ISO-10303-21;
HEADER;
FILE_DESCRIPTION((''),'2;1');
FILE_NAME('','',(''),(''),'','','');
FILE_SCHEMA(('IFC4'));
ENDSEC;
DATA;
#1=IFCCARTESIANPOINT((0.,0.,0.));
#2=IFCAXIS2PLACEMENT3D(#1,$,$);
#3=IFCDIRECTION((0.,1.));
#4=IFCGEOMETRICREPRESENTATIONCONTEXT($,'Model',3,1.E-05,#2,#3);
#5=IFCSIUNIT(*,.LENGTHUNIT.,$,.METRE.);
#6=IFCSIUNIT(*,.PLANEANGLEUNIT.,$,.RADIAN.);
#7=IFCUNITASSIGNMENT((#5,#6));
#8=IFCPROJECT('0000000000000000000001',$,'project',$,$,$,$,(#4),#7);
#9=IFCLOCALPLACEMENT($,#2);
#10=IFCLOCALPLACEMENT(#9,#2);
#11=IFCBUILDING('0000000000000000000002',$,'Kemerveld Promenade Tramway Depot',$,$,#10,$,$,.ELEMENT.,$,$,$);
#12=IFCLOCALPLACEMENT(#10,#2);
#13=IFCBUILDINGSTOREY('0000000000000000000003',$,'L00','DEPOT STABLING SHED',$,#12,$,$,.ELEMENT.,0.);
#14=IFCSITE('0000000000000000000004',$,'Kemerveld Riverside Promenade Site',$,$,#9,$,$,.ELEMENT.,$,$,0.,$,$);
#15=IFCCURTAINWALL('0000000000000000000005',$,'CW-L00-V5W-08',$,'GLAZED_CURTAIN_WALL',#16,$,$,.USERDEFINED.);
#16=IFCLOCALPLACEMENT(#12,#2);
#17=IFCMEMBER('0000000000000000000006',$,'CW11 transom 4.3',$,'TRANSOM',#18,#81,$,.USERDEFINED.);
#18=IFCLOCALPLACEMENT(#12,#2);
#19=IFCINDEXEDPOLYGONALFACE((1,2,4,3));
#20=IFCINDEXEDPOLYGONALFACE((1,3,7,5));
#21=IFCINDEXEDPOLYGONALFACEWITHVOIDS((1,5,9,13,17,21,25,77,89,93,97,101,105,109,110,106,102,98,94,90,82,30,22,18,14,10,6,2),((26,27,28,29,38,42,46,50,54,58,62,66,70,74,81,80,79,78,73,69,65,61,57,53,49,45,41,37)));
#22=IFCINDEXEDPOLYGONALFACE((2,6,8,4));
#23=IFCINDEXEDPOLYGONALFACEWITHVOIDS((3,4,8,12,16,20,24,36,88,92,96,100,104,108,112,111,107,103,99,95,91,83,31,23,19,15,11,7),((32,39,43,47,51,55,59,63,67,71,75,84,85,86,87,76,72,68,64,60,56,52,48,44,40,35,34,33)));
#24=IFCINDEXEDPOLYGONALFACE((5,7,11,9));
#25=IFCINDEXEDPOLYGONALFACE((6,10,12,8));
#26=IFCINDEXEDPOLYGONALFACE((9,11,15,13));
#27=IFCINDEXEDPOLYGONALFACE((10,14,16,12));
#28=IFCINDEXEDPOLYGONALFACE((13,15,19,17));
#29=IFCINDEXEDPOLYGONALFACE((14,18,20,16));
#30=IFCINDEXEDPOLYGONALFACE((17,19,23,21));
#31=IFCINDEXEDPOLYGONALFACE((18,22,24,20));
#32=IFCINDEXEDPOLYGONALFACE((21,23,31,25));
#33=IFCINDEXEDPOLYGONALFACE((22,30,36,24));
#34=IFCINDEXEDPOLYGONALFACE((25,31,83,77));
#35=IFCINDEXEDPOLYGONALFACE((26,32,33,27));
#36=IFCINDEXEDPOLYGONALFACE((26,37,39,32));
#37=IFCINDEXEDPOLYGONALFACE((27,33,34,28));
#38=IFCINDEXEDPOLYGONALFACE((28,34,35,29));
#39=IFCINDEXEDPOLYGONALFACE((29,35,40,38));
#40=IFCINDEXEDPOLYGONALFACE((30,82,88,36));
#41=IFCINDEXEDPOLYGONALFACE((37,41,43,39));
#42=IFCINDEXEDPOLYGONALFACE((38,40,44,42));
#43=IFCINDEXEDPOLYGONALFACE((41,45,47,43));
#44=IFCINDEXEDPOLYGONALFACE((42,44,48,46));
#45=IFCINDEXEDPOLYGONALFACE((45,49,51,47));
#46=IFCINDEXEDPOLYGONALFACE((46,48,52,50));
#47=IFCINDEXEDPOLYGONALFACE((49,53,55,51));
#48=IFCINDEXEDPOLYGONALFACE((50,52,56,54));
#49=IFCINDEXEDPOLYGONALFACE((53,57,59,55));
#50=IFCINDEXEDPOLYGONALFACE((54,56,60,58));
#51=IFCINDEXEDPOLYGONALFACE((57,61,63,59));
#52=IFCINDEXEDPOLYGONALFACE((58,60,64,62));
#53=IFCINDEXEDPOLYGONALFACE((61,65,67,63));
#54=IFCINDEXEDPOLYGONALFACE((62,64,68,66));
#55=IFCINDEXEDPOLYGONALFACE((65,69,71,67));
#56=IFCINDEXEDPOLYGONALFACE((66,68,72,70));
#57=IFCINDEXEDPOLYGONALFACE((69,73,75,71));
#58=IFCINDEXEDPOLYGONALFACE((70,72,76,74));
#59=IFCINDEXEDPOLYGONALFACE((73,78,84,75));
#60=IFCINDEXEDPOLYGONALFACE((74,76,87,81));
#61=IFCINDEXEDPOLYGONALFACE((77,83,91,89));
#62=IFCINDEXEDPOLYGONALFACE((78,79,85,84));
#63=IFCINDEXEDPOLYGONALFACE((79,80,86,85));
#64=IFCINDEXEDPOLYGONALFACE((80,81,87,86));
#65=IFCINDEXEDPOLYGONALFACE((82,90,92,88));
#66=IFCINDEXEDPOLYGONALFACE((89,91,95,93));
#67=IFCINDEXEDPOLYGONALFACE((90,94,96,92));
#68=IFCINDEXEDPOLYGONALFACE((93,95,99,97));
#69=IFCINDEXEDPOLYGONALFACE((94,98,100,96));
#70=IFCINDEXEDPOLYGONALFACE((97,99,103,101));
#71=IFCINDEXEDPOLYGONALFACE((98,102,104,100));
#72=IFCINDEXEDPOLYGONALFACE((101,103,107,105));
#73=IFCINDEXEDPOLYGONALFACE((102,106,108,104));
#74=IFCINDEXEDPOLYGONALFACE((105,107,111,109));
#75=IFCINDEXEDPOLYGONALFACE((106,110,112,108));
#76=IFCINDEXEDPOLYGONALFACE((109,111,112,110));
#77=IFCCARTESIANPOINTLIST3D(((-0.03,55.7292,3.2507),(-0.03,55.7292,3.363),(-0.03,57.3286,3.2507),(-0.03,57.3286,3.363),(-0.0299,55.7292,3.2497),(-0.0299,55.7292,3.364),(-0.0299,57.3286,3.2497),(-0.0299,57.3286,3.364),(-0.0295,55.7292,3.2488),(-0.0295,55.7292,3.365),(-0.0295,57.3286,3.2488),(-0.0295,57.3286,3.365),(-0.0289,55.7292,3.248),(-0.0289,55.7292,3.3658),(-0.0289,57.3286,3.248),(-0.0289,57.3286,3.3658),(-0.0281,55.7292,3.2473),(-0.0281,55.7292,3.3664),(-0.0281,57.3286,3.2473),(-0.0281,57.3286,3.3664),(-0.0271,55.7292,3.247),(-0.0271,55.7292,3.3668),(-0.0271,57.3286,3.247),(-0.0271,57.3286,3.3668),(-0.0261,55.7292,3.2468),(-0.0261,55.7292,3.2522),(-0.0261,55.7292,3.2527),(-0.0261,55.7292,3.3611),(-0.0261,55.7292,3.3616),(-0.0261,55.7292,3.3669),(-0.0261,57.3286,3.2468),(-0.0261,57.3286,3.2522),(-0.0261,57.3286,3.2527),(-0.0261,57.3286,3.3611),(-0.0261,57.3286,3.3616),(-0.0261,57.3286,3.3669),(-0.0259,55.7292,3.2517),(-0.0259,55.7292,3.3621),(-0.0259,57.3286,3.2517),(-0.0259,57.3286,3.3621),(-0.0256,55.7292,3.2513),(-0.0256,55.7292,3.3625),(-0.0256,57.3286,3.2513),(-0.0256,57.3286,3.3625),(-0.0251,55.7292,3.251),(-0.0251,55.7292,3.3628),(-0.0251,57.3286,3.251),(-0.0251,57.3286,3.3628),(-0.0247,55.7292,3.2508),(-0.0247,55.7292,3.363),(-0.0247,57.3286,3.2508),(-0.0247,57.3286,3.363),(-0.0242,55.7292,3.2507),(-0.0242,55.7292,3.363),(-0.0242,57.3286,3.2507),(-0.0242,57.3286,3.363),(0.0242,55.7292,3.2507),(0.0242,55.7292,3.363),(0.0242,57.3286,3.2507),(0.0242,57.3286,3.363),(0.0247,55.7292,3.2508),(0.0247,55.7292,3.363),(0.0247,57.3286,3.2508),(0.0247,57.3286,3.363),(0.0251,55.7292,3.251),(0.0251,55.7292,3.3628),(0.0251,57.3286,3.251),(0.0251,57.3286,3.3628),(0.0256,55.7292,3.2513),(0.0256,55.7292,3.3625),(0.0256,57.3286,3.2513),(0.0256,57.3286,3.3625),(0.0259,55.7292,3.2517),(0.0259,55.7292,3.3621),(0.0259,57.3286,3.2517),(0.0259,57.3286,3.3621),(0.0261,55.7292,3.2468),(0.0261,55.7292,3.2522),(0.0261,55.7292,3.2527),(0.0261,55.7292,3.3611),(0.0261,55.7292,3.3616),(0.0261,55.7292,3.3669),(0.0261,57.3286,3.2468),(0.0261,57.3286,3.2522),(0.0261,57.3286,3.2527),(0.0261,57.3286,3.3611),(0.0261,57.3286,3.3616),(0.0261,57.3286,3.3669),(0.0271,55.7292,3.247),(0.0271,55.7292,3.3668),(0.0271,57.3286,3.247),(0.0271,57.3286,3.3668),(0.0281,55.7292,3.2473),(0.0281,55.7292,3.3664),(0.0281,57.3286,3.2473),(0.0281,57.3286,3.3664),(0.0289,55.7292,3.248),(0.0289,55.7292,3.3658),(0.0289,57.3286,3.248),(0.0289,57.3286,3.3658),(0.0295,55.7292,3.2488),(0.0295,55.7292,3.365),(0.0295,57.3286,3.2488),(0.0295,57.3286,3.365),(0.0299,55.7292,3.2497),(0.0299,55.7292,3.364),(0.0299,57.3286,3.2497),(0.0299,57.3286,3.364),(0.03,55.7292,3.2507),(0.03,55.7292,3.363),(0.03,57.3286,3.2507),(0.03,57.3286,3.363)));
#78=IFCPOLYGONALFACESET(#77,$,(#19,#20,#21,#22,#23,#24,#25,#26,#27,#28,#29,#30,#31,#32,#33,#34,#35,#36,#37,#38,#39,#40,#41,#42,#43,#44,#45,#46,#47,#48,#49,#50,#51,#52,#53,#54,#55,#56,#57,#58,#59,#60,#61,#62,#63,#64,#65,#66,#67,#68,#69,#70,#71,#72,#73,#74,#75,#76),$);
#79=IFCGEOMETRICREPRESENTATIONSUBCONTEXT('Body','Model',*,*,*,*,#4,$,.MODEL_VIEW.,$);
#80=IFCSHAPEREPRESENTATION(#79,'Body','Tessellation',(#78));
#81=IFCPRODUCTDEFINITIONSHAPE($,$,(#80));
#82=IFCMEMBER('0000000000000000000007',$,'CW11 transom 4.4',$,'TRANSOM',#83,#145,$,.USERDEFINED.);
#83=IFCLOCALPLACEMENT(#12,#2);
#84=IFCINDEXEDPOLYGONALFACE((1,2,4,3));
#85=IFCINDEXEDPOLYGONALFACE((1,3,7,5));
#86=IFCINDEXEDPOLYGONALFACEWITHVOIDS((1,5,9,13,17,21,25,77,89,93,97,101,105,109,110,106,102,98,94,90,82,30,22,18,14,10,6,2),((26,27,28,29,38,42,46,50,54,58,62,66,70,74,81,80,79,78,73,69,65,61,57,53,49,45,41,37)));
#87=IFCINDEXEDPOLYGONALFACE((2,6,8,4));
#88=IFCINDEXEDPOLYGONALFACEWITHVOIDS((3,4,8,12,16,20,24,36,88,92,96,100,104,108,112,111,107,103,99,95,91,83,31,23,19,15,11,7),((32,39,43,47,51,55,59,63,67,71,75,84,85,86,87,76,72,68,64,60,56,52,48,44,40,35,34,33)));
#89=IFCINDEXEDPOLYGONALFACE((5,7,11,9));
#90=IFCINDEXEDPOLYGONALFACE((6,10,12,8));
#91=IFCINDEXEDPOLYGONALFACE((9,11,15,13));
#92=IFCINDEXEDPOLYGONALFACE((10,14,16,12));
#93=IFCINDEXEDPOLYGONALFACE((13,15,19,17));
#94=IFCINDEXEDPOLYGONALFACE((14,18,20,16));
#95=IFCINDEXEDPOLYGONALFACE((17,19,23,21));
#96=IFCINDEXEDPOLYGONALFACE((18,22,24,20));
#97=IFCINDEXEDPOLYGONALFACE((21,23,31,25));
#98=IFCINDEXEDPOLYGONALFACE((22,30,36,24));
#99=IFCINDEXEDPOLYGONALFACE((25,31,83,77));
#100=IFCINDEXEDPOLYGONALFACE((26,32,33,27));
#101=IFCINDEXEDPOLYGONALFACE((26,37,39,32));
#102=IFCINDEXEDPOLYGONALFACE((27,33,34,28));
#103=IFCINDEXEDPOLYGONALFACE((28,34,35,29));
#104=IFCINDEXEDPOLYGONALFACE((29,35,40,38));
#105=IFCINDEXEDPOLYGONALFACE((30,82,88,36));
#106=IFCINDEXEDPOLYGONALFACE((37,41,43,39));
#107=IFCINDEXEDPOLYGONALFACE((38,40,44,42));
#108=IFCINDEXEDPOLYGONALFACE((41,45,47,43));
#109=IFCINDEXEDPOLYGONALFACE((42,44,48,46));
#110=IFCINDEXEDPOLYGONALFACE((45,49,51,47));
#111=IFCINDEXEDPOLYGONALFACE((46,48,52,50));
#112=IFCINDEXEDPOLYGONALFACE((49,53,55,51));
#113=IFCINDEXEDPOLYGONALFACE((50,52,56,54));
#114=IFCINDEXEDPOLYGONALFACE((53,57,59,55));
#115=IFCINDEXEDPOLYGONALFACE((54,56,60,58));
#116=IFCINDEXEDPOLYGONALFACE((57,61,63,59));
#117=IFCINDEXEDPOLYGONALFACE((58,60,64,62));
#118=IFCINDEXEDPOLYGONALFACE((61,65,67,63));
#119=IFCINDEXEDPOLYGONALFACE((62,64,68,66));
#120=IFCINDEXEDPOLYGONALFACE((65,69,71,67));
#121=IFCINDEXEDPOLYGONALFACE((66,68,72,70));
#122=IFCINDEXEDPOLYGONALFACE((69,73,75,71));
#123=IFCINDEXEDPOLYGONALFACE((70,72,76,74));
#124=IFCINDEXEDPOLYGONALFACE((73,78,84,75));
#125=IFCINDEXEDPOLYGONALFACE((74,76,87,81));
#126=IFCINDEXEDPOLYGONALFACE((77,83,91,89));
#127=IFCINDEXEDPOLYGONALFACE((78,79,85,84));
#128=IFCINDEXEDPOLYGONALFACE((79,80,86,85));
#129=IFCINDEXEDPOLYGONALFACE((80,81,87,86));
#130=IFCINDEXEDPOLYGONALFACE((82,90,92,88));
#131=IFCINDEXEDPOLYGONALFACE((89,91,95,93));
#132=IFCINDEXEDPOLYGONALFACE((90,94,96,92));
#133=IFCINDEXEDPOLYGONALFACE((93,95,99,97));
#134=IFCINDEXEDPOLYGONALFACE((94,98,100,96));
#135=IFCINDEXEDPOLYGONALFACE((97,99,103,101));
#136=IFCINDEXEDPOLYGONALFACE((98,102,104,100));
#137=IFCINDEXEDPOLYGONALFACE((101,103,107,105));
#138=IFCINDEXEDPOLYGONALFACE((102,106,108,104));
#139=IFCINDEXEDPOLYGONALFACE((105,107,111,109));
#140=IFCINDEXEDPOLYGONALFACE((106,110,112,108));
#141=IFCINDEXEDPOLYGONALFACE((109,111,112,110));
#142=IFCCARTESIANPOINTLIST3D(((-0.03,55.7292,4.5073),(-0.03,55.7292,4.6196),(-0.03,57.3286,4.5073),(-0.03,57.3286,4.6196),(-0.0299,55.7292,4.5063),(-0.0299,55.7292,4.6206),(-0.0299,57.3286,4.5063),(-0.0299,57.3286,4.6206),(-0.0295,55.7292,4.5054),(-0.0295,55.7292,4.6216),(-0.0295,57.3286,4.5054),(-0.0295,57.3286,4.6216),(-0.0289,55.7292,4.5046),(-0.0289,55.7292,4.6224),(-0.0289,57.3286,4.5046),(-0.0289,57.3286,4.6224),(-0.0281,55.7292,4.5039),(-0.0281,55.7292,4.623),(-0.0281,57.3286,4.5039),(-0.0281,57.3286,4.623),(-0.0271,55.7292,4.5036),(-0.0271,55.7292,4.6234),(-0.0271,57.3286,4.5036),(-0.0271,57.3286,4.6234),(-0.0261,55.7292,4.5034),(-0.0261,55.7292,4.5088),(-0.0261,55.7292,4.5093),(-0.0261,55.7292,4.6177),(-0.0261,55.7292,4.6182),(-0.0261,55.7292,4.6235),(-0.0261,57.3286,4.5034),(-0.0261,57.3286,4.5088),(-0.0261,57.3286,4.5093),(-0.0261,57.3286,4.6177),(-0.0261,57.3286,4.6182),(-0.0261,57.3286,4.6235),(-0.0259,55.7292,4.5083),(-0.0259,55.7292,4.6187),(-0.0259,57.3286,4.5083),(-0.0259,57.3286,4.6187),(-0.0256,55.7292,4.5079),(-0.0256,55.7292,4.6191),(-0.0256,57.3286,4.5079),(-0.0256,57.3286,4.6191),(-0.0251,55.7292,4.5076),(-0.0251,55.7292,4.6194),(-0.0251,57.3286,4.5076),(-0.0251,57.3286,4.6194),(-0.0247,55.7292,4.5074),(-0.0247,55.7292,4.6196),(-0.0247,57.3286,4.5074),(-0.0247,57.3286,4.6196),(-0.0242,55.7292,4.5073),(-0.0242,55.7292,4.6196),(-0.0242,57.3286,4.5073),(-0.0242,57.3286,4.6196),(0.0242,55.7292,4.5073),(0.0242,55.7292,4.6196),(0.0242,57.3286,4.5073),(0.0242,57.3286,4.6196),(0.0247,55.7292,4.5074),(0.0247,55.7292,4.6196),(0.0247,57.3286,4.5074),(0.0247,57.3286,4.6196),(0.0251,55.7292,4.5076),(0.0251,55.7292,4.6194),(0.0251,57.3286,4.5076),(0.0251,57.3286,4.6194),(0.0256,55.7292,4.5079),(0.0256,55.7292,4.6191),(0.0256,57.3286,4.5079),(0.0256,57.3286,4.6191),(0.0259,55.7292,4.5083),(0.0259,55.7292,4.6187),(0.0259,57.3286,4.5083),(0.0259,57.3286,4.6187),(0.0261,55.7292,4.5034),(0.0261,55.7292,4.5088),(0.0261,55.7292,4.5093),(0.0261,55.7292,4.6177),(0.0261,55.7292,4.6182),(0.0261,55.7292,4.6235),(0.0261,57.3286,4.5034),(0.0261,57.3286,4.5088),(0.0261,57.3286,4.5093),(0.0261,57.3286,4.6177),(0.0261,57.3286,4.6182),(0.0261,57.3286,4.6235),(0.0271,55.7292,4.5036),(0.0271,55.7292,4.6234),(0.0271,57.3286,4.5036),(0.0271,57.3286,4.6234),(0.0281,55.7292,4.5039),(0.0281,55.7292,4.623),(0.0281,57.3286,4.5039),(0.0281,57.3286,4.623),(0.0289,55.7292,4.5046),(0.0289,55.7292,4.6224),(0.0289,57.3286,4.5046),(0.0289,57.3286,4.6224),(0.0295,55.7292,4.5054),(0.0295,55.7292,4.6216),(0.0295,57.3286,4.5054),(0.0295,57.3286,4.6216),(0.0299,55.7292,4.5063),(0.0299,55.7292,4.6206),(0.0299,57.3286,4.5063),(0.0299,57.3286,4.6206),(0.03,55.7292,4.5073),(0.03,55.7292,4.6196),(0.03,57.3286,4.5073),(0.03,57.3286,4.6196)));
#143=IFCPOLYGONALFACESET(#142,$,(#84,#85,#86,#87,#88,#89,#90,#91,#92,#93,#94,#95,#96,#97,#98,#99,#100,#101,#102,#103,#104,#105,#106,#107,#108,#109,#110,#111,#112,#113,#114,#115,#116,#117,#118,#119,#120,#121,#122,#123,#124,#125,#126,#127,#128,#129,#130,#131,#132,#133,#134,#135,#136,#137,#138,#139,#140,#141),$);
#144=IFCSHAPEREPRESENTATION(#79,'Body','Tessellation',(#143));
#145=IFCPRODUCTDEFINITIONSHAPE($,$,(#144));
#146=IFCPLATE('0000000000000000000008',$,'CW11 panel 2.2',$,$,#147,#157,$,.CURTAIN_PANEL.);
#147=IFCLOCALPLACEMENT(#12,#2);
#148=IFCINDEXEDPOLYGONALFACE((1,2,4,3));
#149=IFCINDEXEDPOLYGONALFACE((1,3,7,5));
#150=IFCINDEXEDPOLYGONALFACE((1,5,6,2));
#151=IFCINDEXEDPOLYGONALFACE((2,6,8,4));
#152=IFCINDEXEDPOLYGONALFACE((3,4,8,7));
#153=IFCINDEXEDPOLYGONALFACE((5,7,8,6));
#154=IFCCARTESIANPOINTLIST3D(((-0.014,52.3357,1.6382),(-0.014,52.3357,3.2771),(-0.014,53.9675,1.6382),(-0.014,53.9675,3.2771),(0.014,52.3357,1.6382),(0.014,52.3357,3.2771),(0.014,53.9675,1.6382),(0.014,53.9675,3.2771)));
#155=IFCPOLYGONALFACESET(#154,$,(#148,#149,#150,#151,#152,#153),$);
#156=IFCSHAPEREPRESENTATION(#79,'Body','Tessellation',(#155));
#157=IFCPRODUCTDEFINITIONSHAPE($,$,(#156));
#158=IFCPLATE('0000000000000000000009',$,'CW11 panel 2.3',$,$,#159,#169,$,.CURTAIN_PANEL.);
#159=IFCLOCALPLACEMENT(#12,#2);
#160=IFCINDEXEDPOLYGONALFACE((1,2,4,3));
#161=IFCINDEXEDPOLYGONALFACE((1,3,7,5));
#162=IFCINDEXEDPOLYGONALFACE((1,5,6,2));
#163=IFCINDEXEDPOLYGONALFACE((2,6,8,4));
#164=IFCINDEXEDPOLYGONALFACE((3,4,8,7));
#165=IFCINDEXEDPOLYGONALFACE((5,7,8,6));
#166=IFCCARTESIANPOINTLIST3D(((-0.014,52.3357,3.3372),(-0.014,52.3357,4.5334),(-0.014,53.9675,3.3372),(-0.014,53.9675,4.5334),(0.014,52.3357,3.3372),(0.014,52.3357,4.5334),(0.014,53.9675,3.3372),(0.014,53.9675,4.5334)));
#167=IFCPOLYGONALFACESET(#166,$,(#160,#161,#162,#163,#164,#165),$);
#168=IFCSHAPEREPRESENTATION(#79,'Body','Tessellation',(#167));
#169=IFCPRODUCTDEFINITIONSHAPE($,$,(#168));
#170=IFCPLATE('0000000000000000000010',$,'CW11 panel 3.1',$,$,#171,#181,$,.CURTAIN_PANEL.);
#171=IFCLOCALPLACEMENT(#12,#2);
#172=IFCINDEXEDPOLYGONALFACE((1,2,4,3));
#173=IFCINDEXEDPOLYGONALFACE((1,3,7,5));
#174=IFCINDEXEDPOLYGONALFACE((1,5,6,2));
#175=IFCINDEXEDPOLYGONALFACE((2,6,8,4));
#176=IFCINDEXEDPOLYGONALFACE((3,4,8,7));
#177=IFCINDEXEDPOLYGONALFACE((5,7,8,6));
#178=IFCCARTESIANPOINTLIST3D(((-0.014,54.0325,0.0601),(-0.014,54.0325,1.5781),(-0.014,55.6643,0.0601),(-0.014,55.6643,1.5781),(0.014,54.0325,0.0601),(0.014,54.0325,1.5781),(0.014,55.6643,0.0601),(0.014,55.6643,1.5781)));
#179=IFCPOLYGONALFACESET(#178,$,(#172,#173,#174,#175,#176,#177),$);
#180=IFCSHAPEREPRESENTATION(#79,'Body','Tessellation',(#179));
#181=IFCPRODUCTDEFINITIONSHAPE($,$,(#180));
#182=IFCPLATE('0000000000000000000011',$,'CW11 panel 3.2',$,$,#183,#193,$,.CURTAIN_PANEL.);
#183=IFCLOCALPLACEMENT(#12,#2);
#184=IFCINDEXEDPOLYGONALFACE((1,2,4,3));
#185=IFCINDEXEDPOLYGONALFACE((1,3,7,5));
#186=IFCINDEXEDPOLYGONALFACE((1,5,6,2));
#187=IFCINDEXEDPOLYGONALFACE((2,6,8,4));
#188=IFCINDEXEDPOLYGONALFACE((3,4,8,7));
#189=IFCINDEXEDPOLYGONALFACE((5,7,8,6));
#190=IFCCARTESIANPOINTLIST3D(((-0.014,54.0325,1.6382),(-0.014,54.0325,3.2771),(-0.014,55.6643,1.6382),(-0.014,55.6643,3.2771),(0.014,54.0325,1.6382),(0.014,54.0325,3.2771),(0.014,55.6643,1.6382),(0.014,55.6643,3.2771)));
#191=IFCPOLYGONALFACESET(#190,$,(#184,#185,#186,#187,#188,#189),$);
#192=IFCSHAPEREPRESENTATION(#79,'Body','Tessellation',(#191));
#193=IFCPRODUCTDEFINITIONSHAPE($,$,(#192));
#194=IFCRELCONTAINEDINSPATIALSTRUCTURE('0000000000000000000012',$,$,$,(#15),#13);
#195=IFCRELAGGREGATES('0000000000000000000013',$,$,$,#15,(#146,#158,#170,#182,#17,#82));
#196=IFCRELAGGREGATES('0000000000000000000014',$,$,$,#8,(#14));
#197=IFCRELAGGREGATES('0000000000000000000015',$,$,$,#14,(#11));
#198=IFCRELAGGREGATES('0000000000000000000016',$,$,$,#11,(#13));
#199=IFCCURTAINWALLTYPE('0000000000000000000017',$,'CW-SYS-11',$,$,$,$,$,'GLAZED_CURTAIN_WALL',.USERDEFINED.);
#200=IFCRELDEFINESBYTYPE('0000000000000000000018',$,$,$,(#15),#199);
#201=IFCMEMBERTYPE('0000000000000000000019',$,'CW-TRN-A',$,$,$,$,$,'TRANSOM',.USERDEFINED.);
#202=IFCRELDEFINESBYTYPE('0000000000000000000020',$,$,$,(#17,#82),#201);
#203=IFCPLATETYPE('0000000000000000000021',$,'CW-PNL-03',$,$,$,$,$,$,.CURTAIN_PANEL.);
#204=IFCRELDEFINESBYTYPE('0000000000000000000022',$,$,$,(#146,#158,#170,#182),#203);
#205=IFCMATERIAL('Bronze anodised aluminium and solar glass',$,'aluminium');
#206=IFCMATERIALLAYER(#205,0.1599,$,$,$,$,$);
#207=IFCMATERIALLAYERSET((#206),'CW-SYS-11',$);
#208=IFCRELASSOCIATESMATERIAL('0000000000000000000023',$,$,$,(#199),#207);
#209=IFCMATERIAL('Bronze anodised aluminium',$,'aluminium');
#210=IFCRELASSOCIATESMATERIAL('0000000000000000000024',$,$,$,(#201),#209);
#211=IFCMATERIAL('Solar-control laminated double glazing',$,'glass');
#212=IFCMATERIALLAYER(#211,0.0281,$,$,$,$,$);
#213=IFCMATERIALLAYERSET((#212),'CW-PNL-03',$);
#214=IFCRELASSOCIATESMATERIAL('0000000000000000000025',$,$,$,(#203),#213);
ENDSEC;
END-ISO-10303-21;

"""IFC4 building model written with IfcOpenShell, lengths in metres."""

from ifc_helpers import new_model, si_unit, direction, frame, origin, origin_2d, place, context, subcontext, project, spatial, rectangle, hollow_rectangle, extrude, material, layer, layer_set, material_profile, profile_set, type_object, element, aggregate, save


model = new_model("IFC4")

# Units and contexts
model_context = context("Model", 3, precision=1e-05, world=origin(), true_north=direction((0.0, 1.0)))
body_context = subcontext(model_context, "Body", "Model", "MODEL_VIEW")
ifc_project = project(units=[si_unit("LENGTHUNIT", "METRE"), si_unit("PLANEANGLEUNIT", "RADIAN")], contexts=[model_context])

# Site, building, storey
site_placement = place(None, origin())
site = spatial("IfcSite", under=ifc_project, at=site_placement, Name="Kemerveld Riverside Promenade Site", CompositionType="ELEMENT", RefElevation=0.0)
building_placement = place(site_placement, origin())
building = spatial("IfcBuilding", under=site, at=building_placement, Name="Kemerveld Promenade Tramway Depot", CompositionType="ELEMENT")
storey_placement = place(building_placement, origin())
storey = spatial("IfcBuildingStorey", under=building, at=storey_placement, Name="L00", Description="DEPOT STABLING SHED", CompositionType="ELEMENT", Elevation=0.0)

# Curtain wall, members, plates
ifc_material_1 = material(Name="Bronze anodised aluminium and solar glass", Category="aluminium")
ifc_layer_1 = layer(ifc_material_1, 0.1599)
ifc_layer_set_1 = layer_set([ifc_layer_1], Name="CW-SYS-11")
curtain_wall_type = type_object("IfcCurtainWallType", Name="CW-SYS-11", ElementType="GLAZED_CURTAIN_WALL", PredefinedType="USERDEFINED", material=ifc_layer_set_1)
curtain_wall_placement = place(storey_placement, origin())
curtain_wall = element("IfcCurtainWall", 1, at=curtain_wall_placement, inside=storey, type_object=curtain_wall_type, Name="CW-L00-V5W-08", ObjectType="GLAZED_CURTAIN_WALL", PredefinedType="USERDEFINED")
ifc_material_2 = material(Name="Bronze anodised aluminium", Category="aluminium")
ifc_material_profile_1 = material_profile(ifc_material_2, hollow_rectangle(XDim=0.0601, YDim=0.1201, WallThickness=0.0039, InnerFilletRadius=0.002, OuterFilletRadius=0.0039, at=origin_2d()), Name="CW-TRN-120x60")
ifc_profile_set_1 = profile_set([ifc_material_profile_1], Name="Bronze anodised aluminium")
member_type_1 = type_object("IfcMemberType", Name="CW-TRN-A", ElementType="TRANSOM", PredefinedType="USERDEFINED", material=ifc_profile_set_1)
member_1_placement = place(storey_placement, frame((0.0, 55.7292, 3.3069), z_axis=(0.0, 1.0, 0.0), x_axis=(-1.0, 0.0, 0.0)))
member_1 = element("IfcMember", 2, at=member_1_placement, type_object=member_type_1, Name="CW11 transom 4.3", ObjectType="TRANSOM", PredefinedType="USERDEFINED", context=body_context, shape_type="SweptSolid", body=[
    extrude(hollow_rectangle(XDim=0.0601, YDim=0.1201, WallThickness=0.0039, InnerFilletRadius=0.002, OuterFilletRadius=0.0039, at=origin_2d()), origin(), (0.0, 0.0, 1.0), 1.5994),
])
member_2_placement = place(storey_placement, frame((0.0, 55.7292, 4.5635), z_axis=(0.0, 1.0, 0.0), x_axis=(-1.0, 0.0, 0.0)))
member_2 = element("IfcMember", 3, at=member_2_placement, type_object=member_type_1, Name="CW11 transom 4.4", ObjectType="TRANSOM", PredefinedType="USERDEFINED", context=body_context, shape_type="SweptSolid", body=[
    extrude(hollow_rectangle(XDim=0.0601, YDim=0.1201, WallThickness=0.0039, InnerFilletRadius=0.002, OuterFilletRadius=0.0039, at=origin_2d()), origin(), (0.0, 0.0, 1.0), 1.5994),
])
ifc_material_3 = material(Name="Solar-control laminated double glazing", Category="glass")
ifc_layer_2 = layer(ifc_material_3, 0.0281)
ifc_layer_set_2 = layer_set([ifc_layer_2], Name="CW-PNL-03")
plate_type_1 = type_object("IfcPlateType", Name="CW-PNL-03", PredefinedType="CURTAIN_PANEL", material=ifc_layer_set_2)
plate_1_placement = place(storey_placement, frame((0.0, 53.1516, 1.6382), z_axis=(0.0, 0.0, 1.0), x_axis=(0.0, 1.0, 0.0)))
plate_1 = element("IfcPlate", 4, at=plate_1_placement, type_object=plate_type_1, Name="CW11 panel 2.2", PredefinedType="CURTAIN_PANEL", context=body_context, shape_type="SweptSolid", body=[
    extrude(rectangle(XDim=1.6318, YDim=0.0281, at=origin_2d()), origin(), (0.0, 0.0, 1.0), 1.6389),
])
plate_2_placement = place(storey_placement, frame((0.0, 53.1516, 3.3372), z_axis=(0.0, 0.0, 1.0), x_axis=(0.0, 1.0, 0.0)))
plate_2 = element("IfcPlate", 5, at=plate_2_placement, type_object=plate_type_1, Name="CW11 panel 2.3", PredefinedType="CURTAIN_PANEL", context=body_context, shape_type="SweptSolid", body=[
    extrude(rectangle(XDim=1.6318, YDim=0.0281, at=origin_2d()), origin(), (0.0, 0.0, 1.0), 1.1963),
])
plate_3_placement = place(storey_placement, frame((0.0, 54.8484, 0.0601), z_axis=(0.0, 0.0, 1.0), x_axis=(0.0, 1.0, 0.0)))
plate_3 = element("IfcPlate", 6, at=plate_3_placement, type_object=plate_type_1, Name="CW11 panel 3.1", PredefinedType="CURTAIN_PANEL", context=body_context, shape_type="SweptSolid", body=[
    extrude(rectangle(XDim=1.6318, YDim=0.0281, at=origin_2d()), origin(), (0.0, 0.0, 1.0), 1.5181),
])
plate_4_placement = place(storey_placement, frame((0.0, 54.8484, 1.6382), z_axis=(0.0, 0.0, 1.0), x_axis=(0.0, 1.0, 0.0)))
plate_4 = element("IfcPlate", 7, at=plate_4_placement, type_object=plate_type_1, Name="CW11 panel 3.2", PredefinedType="CURTAIN_PANEL", context=body_context, shape_type="SweptSolid", body=[
    extrude(rectangle(XDim=1.6318, YDim=0.0281, at=origin_2d()), origin(), (0.0, 0.0, 1.0), 1.6389),
])
aggregate(curtain_wall, [plate_1, plate_2, plate_3, plate_4, member_1, member_2])

save(model, "model.ifc")
